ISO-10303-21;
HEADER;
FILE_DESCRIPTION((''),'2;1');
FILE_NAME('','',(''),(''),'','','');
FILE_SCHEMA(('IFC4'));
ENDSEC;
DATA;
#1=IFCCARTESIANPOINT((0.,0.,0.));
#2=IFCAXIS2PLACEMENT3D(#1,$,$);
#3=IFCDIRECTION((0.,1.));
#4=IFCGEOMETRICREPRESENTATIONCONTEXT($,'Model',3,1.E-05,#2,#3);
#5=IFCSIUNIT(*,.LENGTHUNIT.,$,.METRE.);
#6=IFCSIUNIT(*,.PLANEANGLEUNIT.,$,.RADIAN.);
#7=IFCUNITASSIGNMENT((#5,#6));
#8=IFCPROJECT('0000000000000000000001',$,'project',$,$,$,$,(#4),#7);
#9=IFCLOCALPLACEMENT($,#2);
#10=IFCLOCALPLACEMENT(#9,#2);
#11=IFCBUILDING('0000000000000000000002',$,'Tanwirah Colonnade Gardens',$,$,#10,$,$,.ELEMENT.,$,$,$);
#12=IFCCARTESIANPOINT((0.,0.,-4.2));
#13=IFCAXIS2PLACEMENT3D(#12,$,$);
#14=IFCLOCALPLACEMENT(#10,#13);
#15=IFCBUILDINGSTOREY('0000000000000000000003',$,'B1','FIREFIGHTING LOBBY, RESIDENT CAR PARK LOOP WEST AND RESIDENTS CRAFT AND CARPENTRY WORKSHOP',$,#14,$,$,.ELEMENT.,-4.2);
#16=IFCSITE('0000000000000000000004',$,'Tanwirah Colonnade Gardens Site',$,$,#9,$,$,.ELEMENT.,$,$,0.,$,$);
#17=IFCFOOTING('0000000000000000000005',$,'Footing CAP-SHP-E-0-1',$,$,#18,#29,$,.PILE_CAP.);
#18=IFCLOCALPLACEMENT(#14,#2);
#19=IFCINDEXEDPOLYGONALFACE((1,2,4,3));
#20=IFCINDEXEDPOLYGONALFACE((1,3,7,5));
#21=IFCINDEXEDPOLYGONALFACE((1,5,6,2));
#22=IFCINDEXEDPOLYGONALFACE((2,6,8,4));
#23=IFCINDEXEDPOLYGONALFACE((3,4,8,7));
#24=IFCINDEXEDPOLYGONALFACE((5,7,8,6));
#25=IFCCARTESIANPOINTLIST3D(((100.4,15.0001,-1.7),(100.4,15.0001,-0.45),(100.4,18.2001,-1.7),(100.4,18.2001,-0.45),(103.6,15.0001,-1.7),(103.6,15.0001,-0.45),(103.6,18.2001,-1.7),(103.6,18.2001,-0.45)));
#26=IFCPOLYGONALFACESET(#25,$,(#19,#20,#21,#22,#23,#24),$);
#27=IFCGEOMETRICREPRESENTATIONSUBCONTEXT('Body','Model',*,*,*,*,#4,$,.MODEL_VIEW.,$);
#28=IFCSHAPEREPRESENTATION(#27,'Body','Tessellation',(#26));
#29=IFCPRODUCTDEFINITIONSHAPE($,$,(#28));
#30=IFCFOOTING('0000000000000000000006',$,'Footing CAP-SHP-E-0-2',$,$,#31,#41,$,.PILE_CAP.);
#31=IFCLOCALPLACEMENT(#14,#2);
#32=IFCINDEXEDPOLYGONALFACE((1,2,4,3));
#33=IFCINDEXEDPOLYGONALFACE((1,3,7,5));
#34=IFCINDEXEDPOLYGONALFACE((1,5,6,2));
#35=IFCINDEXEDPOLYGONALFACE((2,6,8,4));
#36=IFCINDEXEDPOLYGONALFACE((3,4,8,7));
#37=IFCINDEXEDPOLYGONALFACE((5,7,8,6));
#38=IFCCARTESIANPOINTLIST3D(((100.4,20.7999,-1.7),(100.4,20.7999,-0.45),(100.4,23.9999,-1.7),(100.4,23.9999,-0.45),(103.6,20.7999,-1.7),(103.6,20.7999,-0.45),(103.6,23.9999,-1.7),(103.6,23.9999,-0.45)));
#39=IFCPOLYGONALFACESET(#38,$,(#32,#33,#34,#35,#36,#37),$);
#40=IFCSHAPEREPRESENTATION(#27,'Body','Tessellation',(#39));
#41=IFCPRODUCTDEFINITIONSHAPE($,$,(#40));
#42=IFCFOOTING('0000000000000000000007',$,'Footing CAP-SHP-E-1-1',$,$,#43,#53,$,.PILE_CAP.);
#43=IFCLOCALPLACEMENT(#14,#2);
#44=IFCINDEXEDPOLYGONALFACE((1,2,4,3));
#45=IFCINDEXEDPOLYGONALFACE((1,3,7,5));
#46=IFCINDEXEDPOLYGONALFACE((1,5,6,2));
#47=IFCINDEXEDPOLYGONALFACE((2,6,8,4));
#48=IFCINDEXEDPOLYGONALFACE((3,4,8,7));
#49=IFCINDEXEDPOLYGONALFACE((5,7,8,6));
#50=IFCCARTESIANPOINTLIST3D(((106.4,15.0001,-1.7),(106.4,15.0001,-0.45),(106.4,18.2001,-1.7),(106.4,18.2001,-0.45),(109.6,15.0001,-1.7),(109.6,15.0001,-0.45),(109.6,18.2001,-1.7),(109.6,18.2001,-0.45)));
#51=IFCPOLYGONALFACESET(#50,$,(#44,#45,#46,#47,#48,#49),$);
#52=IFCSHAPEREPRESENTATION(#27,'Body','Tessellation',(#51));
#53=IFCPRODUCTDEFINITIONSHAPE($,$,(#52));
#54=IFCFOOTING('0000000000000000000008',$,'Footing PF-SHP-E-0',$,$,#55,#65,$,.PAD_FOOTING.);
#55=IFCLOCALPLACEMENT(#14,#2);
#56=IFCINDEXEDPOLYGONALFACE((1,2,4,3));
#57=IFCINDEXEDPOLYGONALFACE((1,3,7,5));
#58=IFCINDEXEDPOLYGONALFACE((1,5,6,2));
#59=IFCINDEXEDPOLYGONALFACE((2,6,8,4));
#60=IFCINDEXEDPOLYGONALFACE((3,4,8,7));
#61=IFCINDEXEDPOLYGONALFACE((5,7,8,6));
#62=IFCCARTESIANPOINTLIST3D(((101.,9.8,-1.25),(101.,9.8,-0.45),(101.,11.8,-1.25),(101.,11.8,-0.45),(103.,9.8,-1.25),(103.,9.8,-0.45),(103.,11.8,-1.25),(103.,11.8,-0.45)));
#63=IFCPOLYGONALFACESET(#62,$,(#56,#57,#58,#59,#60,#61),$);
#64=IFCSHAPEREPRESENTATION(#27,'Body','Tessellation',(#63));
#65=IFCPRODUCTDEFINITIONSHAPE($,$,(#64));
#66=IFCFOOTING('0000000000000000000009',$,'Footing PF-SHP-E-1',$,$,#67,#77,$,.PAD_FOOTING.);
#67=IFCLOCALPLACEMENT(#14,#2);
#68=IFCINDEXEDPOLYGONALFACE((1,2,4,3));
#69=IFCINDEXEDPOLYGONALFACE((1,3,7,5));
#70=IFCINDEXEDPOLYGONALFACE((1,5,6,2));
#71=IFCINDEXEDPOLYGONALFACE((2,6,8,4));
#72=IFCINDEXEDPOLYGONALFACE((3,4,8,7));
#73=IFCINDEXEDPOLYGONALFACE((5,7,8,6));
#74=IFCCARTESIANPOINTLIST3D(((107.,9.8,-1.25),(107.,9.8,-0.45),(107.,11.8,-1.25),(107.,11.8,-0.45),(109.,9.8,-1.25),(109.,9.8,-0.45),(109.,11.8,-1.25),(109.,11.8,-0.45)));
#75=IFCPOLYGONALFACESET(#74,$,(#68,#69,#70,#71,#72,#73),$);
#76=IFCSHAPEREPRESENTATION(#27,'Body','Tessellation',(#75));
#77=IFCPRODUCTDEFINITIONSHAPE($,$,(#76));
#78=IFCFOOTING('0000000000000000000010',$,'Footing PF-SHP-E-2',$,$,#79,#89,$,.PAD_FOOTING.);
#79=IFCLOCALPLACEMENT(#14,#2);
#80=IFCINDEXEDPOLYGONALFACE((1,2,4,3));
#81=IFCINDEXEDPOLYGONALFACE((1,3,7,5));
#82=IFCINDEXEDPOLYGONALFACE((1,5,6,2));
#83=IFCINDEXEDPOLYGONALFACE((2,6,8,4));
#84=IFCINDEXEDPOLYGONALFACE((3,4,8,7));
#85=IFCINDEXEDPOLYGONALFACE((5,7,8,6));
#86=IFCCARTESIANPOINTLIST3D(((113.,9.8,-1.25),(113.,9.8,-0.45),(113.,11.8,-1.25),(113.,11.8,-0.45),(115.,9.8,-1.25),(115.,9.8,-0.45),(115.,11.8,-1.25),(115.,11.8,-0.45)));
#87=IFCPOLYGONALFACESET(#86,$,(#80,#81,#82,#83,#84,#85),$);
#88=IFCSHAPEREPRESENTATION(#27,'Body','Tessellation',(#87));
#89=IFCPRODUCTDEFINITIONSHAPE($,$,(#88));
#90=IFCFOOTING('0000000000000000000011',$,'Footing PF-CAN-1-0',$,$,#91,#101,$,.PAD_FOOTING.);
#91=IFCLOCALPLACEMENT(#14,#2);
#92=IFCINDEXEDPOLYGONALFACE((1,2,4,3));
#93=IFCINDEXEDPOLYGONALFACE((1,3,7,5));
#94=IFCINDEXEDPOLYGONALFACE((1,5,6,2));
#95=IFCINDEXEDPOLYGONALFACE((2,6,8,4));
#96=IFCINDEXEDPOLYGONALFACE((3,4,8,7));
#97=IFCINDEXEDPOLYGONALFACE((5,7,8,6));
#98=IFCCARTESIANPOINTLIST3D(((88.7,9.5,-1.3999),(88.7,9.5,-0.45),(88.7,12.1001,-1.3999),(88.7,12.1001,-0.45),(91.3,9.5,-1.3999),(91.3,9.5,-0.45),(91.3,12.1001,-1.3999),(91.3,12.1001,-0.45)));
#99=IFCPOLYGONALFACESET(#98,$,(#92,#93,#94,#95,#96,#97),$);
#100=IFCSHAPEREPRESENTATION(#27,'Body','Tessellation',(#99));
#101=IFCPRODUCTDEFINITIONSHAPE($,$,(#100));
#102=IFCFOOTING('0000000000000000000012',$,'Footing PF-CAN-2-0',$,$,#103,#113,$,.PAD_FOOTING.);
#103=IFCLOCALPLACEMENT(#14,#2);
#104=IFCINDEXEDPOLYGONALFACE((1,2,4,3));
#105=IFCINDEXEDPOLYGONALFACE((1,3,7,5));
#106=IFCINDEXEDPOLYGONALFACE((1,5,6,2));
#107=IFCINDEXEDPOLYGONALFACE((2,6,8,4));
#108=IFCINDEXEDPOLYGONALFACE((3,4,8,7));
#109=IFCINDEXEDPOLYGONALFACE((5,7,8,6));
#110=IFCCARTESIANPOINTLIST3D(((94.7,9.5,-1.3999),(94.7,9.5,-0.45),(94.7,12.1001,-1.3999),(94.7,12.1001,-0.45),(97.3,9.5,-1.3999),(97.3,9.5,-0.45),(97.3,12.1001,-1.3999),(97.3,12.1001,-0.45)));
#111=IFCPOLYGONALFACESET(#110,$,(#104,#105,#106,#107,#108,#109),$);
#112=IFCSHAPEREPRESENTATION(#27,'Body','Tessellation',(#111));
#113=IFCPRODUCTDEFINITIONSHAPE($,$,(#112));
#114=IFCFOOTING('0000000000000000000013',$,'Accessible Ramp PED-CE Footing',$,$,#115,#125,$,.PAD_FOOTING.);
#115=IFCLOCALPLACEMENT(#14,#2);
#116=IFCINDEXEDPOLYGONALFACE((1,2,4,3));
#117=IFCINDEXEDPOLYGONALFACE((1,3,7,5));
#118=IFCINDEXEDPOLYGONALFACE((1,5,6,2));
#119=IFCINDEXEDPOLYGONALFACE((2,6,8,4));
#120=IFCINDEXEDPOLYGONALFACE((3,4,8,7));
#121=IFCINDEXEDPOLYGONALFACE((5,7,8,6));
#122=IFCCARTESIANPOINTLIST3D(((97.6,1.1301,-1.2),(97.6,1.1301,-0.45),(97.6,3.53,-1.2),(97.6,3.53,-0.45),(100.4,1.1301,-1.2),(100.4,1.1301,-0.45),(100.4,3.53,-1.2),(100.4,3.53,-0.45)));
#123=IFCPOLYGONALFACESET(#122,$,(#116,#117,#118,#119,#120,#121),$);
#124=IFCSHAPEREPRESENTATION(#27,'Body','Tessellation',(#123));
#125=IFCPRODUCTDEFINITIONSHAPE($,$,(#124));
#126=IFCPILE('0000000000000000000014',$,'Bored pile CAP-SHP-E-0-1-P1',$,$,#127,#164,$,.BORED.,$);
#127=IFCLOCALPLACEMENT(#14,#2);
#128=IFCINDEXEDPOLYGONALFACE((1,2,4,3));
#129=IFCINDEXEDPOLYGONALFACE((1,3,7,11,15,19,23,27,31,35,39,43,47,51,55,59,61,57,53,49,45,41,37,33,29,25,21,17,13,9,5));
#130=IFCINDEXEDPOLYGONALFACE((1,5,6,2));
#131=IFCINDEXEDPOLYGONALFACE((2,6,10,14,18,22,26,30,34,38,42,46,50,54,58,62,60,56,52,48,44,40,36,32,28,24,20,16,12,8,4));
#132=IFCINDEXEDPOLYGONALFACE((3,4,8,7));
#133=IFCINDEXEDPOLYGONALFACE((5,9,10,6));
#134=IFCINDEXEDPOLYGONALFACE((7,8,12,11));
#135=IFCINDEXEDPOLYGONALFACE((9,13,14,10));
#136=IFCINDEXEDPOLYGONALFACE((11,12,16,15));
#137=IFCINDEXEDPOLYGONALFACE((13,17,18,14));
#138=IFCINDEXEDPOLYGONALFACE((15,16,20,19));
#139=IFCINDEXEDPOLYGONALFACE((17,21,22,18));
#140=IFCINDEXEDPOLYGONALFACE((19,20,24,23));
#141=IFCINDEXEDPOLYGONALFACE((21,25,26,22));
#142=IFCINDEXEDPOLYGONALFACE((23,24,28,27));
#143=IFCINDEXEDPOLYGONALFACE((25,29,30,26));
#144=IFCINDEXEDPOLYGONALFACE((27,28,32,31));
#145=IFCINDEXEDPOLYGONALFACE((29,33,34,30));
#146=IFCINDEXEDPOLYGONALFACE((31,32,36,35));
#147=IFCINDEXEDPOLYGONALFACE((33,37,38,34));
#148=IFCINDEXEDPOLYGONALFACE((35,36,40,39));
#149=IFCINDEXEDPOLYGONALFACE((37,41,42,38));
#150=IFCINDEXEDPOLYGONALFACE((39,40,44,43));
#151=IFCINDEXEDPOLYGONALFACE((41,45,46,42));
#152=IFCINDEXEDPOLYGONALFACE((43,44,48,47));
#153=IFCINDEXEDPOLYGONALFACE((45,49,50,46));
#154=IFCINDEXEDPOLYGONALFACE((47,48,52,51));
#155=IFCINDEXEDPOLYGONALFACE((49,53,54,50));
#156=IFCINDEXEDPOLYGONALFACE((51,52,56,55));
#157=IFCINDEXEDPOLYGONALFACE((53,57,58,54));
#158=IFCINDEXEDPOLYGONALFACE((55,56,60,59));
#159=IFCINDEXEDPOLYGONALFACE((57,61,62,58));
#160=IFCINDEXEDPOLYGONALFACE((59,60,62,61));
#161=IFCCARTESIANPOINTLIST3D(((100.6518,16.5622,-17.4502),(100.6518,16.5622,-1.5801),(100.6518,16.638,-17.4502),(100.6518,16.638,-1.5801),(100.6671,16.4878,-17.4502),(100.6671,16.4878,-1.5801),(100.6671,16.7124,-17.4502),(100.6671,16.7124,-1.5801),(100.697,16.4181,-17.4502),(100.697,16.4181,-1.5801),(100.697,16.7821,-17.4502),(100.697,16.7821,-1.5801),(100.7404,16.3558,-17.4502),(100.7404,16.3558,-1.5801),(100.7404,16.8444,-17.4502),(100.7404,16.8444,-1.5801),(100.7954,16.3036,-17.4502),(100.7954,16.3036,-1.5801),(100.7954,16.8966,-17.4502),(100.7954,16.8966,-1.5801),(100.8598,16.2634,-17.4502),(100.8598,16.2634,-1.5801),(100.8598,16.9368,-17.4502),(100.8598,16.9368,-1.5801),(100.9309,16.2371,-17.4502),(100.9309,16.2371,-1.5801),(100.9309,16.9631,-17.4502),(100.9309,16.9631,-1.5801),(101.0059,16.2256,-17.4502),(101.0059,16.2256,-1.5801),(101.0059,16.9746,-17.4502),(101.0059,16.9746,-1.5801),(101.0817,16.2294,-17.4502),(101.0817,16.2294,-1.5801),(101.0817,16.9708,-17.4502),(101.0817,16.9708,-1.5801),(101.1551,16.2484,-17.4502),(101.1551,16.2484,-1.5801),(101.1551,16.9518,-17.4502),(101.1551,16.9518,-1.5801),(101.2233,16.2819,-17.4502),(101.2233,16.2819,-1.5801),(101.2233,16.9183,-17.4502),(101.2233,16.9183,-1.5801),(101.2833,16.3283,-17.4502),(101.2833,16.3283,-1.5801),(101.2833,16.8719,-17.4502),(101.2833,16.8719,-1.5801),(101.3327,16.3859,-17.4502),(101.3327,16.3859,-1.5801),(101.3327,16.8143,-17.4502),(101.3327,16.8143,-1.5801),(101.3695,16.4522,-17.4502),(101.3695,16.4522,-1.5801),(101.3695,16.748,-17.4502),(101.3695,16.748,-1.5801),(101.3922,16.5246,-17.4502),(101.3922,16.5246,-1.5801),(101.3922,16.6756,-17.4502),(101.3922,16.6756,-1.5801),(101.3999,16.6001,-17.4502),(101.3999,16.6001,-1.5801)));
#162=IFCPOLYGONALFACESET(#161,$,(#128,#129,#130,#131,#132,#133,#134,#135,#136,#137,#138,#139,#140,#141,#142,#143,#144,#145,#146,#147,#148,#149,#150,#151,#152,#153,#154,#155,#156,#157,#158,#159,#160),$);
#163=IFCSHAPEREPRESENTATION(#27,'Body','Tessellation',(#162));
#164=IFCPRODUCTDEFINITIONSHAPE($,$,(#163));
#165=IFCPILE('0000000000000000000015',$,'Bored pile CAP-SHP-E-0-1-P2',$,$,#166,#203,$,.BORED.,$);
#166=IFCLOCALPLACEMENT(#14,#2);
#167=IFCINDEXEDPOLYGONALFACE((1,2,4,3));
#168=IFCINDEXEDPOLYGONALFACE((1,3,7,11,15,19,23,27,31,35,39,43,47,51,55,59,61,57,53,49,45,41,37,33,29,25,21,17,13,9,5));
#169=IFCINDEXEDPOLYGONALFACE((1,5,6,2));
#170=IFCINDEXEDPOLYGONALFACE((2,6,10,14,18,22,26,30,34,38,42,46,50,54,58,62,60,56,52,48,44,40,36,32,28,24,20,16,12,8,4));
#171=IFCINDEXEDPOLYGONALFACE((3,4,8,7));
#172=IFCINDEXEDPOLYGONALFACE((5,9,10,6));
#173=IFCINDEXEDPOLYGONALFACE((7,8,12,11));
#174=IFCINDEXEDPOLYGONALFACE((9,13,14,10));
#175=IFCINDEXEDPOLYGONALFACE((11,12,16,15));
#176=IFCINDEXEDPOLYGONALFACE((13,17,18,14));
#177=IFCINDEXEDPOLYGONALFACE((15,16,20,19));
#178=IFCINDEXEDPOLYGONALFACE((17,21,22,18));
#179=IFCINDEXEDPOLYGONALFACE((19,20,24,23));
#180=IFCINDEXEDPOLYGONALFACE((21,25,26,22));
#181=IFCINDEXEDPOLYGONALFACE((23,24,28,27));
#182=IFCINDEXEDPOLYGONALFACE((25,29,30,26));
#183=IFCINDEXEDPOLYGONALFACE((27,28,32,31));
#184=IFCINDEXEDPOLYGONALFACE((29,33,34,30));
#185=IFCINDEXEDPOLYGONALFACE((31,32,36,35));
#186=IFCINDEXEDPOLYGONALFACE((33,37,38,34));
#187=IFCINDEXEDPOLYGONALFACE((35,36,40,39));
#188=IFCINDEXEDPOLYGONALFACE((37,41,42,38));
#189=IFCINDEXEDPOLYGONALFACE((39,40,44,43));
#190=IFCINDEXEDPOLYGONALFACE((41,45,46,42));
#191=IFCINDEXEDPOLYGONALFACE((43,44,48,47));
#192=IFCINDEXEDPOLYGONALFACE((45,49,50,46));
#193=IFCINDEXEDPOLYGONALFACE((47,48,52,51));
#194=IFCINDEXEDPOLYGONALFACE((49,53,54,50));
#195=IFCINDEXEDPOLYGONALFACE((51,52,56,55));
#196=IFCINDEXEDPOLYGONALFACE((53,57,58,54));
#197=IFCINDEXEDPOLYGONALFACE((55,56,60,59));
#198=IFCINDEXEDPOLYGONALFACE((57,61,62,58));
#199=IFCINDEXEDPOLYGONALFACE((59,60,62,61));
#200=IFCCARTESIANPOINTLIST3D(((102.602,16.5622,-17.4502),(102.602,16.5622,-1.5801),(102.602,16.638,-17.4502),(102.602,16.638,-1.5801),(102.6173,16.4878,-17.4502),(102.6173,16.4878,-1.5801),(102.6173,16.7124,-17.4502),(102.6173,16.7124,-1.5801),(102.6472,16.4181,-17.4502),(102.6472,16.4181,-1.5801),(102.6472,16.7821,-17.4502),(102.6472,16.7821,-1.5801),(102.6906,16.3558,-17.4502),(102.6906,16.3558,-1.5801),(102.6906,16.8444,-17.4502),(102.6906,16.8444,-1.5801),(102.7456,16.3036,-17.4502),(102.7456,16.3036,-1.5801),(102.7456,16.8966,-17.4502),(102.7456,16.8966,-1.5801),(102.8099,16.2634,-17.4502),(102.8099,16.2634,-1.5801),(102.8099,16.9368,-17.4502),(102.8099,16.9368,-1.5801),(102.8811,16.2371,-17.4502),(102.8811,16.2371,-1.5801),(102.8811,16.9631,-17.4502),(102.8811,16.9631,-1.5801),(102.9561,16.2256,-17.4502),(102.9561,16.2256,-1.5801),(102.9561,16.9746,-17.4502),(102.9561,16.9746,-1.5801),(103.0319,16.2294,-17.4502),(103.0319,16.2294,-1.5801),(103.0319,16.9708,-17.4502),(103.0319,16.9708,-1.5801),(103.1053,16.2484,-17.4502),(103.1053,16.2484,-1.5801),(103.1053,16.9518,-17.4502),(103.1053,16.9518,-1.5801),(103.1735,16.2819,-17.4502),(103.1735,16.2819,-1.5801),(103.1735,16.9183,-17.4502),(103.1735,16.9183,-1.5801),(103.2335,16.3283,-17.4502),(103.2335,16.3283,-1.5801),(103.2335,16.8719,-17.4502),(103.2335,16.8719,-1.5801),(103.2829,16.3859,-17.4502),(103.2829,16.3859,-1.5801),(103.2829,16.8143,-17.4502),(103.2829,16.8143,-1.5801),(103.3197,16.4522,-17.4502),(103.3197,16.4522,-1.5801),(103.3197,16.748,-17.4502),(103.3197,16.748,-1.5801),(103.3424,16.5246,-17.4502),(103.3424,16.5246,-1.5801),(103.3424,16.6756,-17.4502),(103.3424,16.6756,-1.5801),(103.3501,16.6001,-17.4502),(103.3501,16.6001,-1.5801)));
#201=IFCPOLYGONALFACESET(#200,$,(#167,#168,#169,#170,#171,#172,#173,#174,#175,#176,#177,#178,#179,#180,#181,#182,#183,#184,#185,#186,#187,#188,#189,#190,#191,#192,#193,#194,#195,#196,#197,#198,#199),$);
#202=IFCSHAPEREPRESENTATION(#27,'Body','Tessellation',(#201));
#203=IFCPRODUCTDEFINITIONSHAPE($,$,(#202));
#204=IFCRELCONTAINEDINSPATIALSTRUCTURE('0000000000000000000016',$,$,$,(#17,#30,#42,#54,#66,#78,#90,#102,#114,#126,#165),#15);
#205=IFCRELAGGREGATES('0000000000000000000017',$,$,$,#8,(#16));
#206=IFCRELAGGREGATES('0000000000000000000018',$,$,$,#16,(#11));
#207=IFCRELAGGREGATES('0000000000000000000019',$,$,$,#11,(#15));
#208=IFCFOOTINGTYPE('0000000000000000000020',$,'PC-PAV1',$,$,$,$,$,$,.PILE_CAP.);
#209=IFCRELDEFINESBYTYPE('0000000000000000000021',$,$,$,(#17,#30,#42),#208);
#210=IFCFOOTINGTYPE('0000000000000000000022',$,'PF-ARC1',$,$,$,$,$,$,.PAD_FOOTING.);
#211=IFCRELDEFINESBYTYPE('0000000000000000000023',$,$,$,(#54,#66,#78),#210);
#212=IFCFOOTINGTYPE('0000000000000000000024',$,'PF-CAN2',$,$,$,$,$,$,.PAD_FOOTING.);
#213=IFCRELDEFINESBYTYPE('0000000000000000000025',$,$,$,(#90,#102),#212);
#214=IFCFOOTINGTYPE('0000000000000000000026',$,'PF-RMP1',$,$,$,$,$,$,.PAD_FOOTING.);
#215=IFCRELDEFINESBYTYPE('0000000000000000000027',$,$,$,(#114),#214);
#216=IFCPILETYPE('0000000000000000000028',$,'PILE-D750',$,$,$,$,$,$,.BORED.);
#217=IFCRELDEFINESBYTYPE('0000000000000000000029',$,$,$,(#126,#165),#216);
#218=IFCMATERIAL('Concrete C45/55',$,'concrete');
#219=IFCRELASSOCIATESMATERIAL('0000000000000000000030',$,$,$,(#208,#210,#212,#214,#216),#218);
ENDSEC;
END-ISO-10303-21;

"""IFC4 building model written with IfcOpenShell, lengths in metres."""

from ifc_helpers import new_model, si_unit, direction, frame, origin, origin_2d, place, context, subcontext, project, spatial, rectangle, circle, extrude, material, material_profile, profile_set, type_object, element, save


model = new_model("IFC4")

# Units and contexts
model_context = context("Model", 3, precision=1e-05, world=origin(), true_north=direction((0.0, 1.0)))
body_context = subcontext(model_context, "Body", "Model", "MODEL_VIEW")
ifc_project = project(units=[si_unit("LENGTHUNIT", "METRE"), si_unit("PLANEANGLEUNIT", "RADIAN")], contexts=[model_context])

# Site, building, storey
site_placement = place(None, origin())
site = spatial("IfcSite", under=ifc_project, at=site_placement, Name="Tanwirah Colonnade Gardens Site", CompositionType="ELEMENT", RefElevation=0.0)
building_placement = place(site_placement, origin())
building = spatial("IfcBuilding", under=site, at=building_placement, Name="Tanwirah Colonnade Gardens", CompositionType="ELEMENT")
storey_placement = place(building_placement, frame((0.0, 0.0, -4.2)))
storey = spatial("IfcBuildingStorey", under=building, at=storey_placement, Name="B1", Description="FIREFIGHTING LOBBY, RESIDENT CAR PARK LOOP WEST AND RESIDENTS CRAFT AND CARPENTRY WORKSHOP", CompositionType="ELEMENT", Elevation=-4.2)

# Footings
ifc_material_1 = material(Name="Concrete C45/55", Category="concrete")
footing_type_1 = type_object("IfcFootingType", Name="PC-PAV1", PredefinedType="PILE_CAP", material=ifc_material_1)
for number, where, z_axis, x_axis, name in (
    (1, (102.0, 16.6001, -1.7), (0.0, 0.0, 1.0), (1.0, 0.0, 0.0), "Footing CAP-SHP-E-0-1"),
    (2, (102.0, 22.3999, -1.7), (0.0, 0.0, 1.0), (1.0, 0.0, 0.0), "Footing CAP-SHP-E-0-2"),
    (3, (108.0, 16.6001, -1.7), (0.0, 0.0, 1.0), (1.0, 0.0, 0.0), "Footing CAP-SHP-E-1-1"),
):
    element("IfcFooting", number, at=place(storey_placement, frame(where, z_axis=z_axis, x_axis=x_axis)), inside=storey, type_object=footing_type_1, Name=name, PredefinedType="PILE_CAP", context=body_context, shape_type="SweptSolid", body=[
        extrude(rectangle(XDim=3.2, YDim=3.2, at=origin_2d()), origin(), (0.0, 0.0, 1.0), 1.25),
    ])
footing_type_2 = type_object("IfcFootingType", Name="PF-ARC1", PredefinedType="PAD_FOOTING", material=ifc_material_1)
for number, where, z_axis, x_axis, name in (
    (4, (102.0, 10.8, -1.25), (0.0, 0.0, 1.0), (1.0, 0.0, 0.0), "Footing PF-SHP-E-0"),
    (5, (108.0, 10.8, -1.25), (0.0, 0.0, 1.0), (1.0, 0.0, 0.0), "Footing PF-SHP-E-1"),
    (6, (114.0, 10.8, -1.25), (0.0, 0.0, 1.0), (1.0, 0.0, 0.0), "Footing PF-SHP-E-2"),
):
    element("IfcFooting", number, at=place(storey_placement, frame(where, z_axis=z_axis, x_axis=x_axis)), inside=storey, type_object=footing_type_2, Name=name, PredefinedType="PAD_FOOTING", context=body_context, shape_type="SweptSolid", body=[
        extrude(rectangle(XDim=2.0, YDim=2.0, at=origin_2d()), origin(), (0.0, 0.0, 1.0), 0.8),
    ])
footing_type_3 = type_object("IfcFootingType", Name="PF-CAN2", PredefinedType="PAD_FOOTING", material=ifc_material_1)
for number, where, z_axis, x_axis, name in (
    (7, (90.0, 10.8, -1.3999), (0.0, 0.0, 1.0), (1.0, 0.0, 0.0), "Footing PF-CAN-1-0"),
    (8, (96.0, 10.8, -1.3999), (0.0, 0.0, 1.0), (1.0, 0.0, 0.0), "Footing PF-CAN-2-0"),
):
    element("IfcFooting", number, at=place(storey_placement, frame(where, z_axis=z_axis, x_axis=x_axis)), inside=storey, type_object=footing_type_3, Name=name, PredefinedType="PAD_FOOTING", context=body_context, shape_type="SweptSolid", body=[
        extrude(rectangle(XDim=2.6001, YDim=2.6001, at=origin_2d()), origin(), (0.0, 0.0, 1.0), 0.95),
    ])
footing_type_4 = type_object("IfcFootingType", Name="PF-RMP1", PredefinedType="PAD_FOOTING", material=ifc_material_1)
footing_placement = place(storey_placement, frame((99.0, 2.3301, -1.2), z_axis=(0.0, 0.0, 1.0), x_axis=(1.0, 0.0, 0.0)))
element("IfcFooting", 9, at=footing_placement, inside=storey, type_object=footing_type_4, Name="Accessible Ramp PED-CE Footing", PredefinedType="PAD_FOOTING", context=body_context, shape_type="SweptSolid", body=[
    extrude(rectangle(XDim=2.8, YDim=2.3999, at=origin_2d()), origin(), (0.0, 0.0, 1.0), 0.75),
])

# Piles
ifc_material_profile_1 = material_profile(ifc_material_1, circle(Radius=0.375, at=origin_2d()), Name="PILE D750")
ifc_profile_set_1 = profile_set([ifc_material_profile_1], Name="Concrete C45/55")
pile_type = type_object("IfcPileType", Name="PILE-D750", PredefinedType="BORED", material=ifc_profile_set_1)
for number, where, z_axis, x_axis, name in (
    (10, (101.0249, 16.6001, -1.5801), (0.0, 0.0, -1.0), (1.0, 0.0, 0.0), "Bored pile CAP-SHP-E-0-1-P1"),
    (11, (102.9751, 16.6001, -1.5801), (0.0, 0.0, -1.0), (1.0, 0.0, 0.0), "Bored pile CAP-SHP-E-0-1-P2"),
):
    element("IfcPile", number, at=place(storey_placement, frame(where, z_axis=z_axis, x_axis=x_axis)), inside=storey, type_object=pile_type, Name=name, PredefinedType="BORED", context=body_context, shape_type="SweptSolid", body=[
        extrude(circle(Radius=0.375, at=origin_2d()), origin(), (0.0, 0.0, 1.0), 15.8701),
    ])

save(model, "model.ifc")
